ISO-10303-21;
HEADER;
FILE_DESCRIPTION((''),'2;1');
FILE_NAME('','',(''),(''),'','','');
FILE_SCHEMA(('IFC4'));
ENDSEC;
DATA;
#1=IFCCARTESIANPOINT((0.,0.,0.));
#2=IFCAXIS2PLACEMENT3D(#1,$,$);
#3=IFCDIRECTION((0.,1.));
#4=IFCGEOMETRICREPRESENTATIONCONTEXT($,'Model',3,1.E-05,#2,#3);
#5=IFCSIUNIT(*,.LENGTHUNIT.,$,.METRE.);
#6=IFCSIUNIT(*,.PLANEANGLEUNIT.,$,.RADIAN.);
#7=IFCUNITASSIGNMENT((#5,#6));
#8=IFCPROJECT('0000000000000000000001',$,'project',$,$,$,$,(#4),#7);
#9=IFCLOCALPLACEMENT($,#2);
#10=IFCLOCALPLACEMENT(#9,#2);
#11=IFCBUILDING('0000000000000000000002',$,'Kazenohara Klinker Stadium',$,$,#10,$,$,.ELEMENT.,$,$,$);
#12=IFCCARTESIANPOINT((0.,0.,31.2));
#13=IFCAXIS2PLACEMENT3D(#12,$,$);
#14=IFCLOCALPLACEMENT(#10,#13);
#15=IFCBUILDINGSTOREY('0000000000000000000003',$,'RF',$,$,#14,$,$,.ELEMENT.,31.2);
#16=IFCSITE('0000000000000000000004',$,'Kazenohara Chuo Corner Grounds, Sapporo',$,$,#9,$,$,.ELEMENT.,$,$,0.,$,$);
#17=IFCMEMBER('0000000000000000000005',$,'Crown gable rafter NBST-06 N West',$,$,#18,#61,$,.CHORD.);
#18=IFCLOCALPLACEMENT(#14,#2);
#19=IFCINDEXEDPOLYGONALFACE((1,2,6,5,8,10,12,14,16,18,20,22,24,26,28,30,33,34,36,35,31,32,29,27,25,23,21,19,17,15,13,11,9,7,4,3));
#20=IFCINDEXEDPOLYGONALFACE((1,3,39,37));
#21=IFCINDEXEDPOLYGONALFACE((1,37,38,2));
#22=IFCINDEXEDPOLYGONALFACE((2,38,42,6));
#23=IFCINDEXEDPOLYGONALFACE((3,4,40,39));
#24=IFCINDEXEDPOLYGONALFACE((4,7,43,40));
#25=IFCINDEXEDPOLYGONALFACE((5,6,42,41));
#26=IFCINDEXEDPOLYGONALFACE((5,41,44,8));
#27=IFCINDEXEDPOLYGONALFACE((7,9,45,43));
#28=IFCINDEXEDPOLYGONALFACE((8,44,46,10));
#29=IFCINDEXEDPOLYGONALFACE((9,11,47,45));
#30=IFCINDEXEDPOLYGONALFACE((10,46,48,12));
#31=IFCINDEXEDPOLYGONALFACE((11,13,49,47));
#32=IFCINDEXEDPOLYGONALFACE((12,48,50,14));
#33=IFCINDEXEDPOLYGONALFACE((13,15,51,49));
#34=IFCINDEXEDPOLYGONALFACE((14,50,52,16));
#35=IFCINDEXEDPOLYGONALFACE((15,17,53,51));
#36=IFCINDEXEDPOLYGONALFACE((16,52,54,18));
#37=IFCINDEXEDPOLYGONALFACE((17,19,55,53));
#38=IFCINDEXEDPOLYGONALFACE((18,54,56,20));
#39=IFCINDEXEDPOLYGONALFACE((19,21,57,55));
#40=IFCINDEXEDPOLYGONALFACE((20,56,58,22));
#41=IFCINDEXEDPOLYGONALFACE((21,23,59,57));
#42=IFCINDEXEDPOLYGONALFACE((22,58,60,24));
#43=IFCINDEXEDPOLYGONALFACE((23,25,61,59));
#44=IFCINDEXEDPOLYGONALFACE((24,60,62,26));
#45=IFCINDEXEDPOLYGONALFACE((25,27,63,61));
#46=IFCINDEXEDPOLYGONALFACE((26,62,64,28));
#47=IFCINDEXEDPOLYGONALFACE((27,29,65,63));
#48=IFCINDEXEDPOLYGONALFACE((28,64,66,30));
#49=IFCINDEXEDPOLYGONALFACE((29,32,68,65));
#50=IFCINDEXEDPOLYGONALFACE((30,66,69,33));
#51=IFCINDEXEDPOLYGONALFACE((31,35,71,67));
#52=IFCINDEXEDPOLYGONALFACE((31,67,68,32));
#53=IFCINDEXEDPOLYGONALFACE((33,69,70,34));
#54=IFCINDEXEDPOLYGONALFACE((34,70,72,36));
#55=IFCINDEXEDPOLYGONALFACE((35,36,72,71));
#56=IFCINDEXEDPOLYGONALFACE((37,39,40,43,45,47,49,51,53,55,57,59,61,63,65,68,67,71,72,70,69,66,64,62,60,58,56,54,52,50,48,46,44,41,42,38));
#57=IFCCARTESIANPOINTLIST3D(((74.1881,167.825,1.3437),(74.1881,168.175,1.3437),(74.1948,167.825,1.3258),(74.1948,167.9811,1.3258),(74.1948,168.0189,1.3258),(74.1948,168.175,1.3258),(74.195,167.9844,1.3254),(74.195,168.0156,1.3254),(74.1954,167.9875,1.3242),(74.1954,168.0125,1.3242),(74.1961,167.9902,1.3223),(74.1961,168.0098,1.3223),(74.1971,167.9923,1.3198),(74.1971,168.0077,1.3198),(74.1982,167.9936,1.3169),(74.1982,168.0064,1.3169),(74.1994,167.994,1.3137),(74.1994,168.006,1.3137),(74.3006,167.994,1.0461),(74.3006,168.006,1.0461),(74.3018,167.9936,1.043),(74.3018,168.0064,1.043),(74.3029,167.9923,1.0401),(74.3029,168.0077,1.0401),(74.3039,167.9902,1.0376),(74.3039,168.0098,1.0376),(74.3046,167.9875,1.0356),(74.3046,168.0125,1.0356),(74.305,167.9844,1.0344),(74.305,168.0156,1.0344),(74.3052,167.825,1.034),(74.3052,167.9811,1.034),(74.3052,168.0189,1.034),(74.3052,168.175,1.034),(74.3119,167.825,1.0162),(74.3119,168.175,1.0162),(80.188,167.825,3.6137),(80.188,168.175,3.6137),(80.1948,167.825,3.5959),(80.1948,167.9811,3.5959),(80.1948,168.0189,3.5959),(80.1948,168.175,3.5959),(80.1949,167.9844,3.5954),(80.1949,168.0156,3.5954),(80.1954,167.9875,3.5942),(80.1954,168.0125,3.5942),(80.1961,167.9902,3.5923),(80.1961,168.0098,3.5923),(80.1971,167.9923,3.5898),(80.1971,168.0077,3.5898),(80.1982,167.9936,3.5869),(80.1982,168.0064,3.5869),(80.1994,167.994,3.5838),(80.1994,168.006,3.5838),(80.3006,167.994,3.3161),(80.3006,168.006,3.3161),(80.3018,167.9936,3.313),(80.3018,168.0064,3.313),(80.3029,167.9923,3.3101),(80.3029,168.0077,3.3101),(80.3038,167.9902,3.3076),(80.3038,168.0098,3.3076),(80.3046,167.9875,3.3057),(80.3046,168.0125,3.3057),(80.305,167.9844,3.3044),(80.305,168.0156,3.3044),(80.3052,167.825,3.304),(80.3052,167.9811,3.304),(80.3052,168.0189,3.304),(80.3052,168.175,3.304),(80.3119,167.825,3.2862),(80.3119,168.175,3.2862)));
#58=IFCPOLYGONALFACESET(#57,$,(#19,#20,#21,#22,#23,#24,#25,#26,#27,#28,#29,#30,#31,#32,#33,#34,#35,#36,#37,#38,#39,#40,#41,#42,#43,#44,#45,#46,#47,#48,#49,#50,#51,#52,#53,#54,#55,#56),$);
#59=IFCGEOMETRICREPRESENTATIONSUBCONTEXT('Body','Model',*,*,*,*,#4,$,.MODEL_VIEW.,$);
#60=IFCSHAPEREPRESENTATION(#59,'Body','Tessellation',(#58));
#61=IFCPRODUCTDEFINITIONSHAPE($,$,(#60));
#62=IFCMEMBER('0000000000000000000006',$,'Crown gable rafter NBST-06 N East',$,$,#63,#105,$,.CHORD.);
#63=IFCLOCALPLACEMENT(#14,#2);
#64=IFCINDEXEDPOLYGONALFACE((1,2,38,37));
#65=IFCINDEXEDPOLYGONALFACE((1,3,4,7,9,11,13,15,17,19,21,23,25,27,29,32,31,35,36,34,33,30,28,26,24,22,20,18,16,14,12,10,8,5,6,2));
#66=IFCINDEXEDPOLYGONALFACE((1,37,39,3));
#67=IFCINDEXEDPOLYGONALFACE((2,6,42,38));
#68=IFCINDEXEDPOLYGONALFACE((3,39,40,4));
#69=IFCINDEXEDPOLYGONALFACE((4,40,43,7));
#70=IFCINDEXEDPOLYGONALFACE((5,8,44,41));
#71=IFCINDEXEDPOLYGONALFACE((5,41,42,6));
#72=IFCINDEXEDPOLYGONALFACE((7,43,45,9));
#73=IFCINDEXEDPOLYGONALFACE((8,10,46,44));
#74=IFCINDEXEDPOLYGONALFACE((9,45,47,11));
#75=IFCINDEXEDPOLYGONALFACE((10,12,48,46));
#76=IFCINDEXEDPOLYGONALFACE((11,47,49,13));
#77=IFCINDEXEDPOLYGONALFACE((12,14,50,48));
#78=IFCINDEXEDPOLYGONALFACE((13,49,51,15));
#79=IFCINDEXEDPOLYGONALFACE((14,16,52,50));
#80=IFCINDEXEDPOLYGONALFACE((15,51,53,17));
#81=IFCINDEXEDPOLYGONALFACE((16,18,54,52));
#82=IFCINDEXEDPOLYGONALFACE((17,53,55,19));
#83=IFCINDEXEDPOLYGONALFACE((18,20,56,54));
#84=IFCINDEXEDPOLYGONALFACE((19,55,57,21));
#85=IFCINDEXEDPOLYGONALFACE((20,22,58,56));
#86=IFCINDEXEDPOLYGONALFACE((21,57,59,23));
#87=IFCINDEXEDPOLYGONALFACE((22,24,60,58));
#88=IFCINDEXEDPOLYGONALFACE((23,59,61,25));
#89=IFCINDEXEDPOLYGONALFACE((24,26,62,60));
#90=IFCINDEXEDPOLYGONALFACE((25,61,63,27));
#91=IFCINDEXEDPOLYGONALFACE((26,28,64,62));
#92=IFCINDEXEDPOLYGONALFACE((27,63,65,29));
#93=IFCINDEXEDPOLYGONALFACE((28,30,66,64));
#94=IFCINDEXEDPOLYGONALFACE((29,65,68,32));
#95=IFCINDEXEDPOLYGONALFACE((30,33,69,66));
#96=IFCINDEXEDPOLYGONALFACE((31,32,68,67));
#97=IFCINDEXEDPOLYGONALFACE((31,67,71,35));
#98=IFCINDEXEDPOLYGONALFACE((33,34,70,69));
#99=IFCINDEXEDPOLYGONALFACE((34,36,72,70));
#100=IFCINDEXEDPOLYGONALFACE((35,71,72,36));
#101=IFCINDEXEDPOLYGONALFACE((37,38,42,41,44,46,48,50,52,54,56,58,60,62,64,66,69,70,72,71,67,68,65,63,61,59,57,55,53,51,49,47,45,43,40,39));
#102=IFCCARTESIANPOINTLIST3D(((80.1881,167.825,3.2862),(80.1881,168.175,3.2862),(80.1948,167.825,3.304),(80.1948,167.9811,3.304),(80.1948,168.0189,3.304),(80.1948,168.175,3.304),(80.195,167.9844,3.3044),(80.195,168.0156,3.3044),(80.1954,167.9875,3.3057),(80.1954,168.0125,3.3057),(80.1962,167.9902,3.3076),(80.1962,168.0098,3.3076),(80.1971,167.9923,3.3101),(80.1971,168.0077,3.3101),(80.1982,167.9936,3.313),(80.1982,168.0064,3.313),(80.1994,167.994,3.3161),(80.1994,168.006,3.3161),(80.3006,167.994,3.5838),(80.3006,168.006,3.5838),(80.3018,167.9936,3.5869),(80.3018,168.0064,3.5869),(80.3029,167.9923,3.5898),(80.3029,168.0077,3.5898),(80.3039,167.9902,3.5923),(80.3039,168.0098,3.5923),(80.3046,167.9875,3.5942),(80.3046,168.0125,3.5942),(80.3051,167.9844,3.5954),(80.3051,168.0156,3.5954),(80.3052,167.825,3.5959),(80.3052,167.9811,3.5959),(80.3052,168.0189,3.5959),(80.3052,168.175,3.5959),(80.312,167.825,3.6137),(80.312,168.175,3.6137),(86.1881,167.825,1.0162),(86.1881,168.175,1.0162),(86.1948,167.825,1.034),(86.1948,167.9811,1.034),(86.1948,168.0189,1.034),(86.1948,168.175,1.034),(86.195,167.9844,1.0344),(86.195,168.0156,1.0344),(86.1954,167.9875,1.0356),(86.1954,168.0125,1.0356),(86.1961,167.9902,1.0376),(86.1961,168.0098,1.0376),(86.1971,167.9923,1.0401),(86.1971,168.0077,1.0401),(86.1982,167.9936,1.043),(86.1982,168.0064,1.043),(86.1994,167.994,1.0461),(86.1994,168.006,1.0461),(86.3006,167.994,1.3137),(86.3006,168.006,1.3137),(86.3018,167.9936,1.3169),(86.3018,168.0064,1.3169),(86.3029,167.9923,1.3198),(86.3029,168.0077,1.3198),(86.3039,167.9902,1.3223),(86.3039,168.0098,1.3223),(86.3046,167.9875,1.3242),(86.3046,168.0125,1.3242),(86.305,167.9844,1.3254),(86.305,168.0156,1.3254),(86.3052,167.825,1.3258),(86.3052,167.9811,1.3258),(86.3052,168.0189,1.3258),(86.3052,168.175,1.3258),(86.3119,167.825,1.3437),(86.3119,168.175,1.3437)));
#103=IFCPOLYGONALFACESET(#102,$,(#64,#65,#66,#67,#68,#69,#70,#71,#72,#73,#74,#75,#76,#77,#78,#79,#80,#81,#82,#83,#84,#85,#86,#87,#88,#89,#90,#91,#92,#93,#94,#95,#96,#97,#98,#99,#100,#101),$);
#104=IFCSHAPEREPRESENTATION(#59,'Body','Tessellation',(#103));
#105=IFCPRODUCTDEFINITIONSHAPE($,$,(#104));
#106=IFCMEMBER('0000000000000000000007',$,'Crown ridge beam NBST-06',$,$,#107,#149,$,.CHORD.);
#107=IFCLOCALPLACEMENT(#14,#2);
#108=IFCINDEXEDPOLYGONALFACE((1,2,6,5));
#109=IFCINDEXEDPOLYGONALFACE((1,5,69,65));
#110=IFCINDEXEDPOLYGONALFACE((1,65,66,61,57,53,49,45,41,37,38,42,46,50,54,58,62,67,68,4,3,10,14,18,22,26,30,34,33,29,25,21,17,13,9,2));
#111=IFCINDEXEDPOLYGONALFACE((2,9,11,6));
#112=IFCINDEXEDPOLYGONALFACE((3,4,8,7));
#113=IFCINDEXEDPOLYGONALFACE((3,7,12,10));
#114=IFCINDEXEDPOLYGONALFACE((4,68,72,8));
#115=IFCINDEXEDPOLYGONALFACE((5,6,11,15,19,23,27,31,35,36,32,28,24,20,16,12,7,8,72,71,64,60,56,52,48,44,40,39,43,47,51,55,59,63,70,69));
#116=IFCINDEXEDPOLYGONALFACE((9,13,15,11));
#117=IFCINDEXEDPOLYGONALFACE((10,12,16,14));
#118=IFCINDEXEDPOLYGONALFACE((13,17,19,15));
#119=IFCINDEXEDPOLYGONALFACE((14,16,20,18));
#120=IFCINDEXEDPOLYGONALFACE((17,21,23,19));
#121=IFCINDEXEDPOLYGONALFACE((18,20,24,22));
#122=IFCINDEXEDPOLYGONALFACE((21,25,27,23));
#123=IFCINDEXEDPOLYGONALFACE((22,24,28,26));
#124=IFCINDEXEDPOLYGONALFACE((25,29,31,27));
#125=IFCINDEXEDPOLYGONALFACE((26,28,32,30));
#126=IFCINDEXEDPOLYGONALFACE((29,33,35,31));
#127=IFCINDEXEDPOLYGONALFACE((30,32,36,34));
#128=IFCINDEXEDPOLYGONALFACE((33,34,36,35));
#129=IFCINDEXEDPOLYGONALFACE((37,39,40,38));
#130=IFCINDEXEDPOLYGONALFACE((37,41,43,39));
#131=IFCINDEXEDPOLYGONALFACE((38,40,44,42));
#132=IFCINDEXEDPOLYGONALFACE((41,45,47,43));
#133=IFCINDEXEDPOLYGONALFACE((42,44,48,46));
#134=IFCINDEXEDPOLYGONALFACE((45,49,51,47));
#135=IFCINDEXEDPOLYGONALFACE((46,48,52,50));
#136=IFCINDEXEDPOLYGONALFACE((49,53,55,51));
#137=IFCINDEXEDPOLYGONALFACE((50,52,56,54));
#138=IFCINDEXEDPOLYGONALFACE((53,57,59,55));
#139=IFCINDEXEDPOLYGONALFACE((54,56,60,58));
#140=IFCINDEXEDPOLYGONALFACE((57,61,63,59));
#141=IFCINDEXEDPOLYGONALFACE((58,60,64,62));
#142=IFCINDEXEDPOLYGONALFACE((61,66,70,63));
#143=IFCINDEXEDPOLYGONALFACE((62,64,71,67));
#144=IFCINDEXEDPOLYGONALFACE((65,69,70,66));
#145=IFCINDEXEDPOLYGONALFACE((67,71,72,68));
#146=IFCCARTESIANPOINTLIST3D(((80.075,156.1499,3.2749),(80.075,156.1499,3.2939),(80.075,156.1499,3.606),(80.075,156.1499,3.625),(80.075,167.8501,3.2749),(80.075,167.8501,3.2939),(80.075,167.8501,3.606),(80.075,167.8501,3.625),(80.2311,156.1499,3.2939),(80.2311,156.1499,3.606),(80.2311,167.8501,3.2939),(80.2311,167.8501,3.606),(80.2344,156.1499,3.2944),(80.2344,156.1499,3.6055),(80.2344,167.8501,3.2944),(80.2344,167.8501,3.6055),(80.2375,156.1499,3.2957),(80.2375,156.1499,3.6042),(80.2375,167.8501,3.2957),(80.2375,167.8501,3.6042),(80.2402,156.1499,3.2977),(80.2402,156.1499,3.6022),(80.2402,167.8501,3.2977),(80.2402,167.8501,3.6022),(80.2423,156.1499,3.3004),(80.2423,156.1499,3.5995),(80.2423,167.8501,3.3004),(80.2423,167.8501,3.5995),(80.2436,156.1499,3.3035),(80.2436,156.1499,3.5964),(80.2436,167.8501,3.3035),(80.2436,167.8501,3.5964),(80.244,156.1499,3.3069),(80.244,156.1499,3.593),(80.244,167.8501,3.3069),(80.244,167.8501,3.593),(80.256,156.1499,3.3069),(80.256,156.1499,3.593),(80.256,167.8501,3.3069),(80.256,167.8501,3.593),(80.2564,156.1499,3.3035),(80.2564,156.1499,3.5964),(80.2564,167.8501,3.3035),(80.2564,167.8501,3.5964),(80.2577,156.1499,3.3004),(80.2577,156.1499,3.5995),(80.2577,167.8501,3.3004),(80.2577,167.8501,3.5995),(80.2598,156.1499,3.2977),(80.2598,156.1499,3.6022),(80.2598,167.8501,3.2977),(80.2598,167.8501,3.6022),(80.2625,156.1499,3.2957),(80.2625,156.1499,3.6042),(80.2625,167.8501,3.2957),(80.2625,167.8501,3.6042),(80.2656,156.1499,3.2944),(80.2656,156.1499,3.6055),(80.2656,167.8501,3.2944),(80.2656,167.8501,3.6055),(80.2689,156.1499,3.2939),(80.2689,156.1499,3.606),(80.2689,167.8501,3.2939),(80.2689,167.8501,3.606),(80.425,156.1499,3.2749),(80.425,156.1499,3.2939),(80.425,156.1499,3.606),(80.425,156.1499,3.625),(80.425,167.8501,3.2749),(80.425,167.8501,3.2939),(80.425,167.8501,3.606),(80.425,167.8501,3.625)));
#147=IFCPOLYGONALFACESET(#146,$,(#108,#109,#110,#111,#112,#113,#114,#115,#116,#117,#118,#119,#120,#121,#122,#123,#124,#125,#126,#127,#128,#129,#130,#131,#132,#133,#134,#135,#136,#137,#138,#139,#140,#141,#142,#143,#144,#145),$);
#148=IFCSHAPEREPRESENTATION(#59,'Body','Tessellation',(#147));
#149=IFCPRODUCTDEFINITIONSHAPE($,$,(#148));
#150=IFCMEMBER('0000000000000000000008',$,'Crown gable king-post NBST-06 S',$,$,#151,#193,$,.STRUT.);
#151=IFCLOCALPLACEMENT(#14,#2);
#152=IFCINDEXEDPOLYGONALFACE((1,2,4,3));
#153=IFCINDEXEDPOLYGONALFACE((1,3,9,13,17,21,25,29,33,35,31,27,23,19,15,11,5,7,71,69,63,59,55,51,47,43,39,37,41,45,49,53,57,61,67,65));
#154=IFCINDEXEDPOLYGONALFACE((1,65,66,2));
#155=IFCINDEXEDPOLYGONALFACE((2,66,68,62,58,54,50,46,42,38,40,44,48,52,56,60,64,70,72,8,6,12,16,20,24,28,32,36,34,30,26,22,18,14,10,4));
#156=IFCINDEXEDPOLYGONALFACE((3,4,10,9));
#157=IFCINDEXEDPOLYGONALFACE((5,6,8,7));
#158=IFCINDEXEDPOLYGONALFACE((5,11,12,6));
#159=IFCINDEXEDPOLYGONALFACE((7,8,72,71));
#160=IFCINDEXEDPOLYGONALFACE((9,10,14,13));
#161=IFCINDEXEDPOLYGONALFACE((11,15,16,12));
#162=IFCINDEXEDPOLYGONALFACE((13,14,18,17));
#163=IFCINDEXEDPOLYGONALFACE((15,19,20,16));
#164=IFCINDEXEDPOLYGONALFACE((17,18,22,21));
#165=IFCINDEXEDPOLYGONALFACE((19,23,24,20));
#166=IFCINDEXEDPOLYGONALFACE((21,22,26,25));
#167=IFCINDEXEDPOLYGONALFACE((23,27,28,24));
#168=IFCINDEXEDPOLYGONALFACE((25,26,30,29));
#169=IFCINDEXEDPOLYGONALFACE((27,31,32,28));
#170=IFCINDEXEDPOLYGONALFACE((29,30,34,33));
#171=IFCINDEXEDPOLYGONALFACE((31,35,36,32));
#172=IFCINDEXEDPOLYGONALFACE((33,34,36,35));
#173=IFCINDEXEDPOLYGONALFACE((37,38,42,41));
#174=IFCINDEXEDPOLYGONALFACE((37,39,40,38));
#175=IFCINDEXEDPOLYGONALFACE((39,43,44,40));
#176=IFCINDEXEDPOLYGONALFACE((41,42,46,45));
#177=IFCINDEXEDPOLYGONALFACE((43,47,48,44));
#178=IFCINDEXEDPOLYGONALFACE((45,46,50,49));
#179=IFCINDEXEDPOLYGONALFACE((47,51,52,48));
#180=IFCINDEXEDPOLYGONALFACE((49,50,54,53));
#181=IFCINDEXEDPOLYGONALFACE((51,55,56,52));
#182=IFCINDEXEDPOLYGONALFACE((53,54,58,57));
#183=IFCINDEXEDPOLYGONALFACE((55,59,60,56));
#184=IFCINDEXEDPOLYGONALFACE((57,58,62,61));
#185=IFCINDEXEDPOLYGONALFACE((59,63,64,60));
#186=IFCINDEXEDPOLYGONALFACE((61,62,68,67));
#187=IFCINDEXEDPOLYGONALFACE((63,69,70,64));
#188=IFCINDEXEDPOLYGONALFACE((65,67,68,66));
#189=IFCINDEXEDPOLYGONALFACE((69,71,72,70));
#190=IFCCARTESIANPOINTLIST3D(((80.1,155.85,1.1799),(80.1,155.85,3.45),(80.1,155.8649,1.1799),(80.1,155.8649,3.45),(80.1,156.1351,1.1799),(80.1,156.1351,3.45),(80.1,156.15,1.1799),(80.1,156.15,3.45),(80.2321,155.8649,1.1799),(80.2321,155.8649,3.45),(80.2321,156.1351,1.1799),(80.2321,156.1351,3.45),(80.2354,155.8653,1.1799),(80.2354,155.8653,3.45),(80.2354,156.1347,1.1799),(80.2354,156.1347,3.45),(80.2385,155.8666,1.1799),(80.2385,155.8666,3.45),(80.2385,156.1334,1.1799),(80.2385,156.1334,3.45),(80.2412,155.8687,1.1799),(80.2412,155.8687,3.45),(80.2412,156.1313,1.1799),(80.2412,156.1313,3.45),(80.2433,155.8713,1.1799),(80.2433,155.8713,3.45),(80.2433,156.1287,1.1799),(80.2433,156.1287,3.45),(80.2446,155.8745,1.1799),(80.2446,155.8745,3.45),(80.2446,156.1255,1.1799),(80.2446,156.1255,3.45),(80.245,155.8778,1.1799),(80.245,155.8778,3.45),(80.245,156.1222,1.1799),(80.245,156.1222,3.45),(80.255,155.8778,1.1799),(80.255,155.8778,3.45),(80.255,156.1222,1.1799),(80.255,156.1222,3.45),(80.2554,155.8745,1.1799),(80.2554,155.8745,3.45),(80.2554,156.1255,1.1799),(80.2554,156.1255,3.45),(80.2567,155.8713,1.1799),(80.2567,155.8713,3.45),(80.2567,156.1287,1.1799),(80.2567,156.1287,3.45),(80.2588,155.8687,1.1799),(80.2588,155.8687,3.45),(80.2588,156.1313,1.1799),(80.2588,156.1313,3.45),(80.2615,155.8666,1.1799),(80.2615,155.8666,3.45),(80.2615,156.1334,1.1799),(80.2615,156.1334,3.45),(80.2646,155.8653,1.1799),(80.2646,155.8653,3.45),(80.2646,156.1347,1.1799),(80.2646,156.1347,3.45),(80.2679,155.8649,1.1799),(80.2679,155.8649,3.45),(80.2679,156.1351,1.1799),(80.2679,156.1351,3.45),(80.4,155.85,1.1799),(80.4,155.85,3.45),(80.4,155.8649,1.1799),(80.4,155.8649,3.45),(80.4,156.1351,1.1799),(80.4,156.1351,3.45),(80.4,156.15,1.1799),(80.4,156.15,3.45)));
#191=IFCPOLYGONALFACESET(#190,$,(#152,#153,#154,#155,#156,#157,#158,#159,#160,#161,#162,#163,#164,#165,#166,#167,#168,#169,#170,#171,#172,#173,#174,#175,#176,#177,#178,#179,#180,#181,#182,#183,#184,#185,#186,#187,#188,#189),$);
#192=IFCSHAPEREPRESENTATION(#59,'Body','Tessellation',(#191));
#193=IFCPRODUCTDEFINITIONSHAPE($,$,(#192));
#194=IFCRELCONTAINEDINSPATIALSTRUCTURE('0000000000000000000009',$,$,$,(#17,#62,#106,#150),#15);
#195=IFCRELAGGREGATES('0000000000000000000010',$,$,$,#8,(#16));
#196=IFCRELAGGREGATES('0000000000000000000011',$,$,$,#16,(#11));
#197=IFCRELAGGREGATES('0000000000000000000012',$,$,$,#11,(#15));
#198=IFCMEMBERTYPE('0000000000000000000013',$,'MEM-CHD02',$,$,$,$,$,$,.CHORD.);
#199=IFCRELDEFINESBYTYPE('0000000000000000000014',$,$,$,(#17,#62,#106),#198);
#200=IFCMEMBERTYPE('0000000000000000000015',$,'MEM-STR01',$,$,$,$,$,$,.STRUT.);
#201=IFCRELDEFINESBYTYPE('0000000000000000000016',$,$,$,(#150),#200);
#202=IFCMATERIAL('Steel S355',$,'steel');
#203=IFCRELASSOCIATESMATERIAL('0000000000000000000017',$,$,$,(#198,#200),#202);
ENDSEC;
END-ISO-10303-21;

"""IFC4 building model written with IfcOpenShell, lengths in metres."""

from ifc_helpers import new_model, si_unit, direction, frame, origin, origin_2d, place, context, subcontext, project, spatial, i_section, extrude, material, material_profile, profile_set, type_object, element, save


model = new_model("IFC4")

# Units and contexts
model_context = context("Model", 3, precision=1e-05, world=origin(), true_north=direction((0.0, 1.0)))
body_context = subcontext(model_context, "Body", "Model", "MODEL_VIEW")
ifc_project = project(units=[si_unit("LENGTHUNIT", "METRE"), si_unit("PLANEANGLEUNIT", "RADIAN")], contexts=[model_context])

# Site, building, storey
site_placement = place(None, origin())
site = spatial("IfcSite", under=ifc_project, at=site_placement, Name="Kazenohara Chuo Corner Grounds, Sapporo", CompositionType="ELEMENT", RefElevation=0.0)
building_placement = place(site_placement, origin())
building = spatial("IfcBuilding", under=site, at=building_placement, Name="Kazenohara Klinker Stadium", CompositionType="ELEMENT")
storey_placement = place(building_placement, frame((0.0, 0.0, 31.2)))
storey = spatial("IfcBuildingStorey", under=building, at=storey_placement, Name="RF", CompositionType="ELEMENT", Elevation=31.2)

# Members
ifc_material_1 = material(Name="Steel S355", Category="steel")
ifc_material_profile_1 = material_profile(ifc_material_1, i_section(OverallWidth=0.3501, OverallDepth=0.3501, WebThickness=0.012, FlangeThickness=0.019, FilletRadius=0.0129, at=origin_2d()), Name="H-350x350x12x19")
ifc_profile_set_1 = profile_set([ifc_material_profile_1], Name="Steel S355")
member_type_1 = type_object("IfcMemberType", Name="MEM-CHD02", PredefinedType="CHORD", material=ifc_profile_set_1)
for number, where, z_axis, x_axis, name in (
    (1, (74.25, 168.0, 1.1799), (0.935299, 0.0, 0.353858), (0.0, 1.0, 0.0), "Crown gable rafter NBST-06 N West"),
    (2, (86.25, 168.0, 1.1799), (-0.935299, 0.0, 0.353858), (0.0, -1.0, 0.0), "Crown gable rafter NBST-06 N East"),
):
    element("IfcMember", number, at=place(storey_placement, frame(where, z_axis=z_axis, x_axis=x_axis)), inside=storey, type_object=member_type_1, Name=name, PredefinedType="CHORD", context=body_context, shape_type="SweptSolid", body=[
        extrude(i_section(OverallWidth=0.3501, OverallDepth=0.3501, WebThickness=0.012, FlangeThickness=0.019, FilletRadius=0.0129, at=origin_2d()), origin(), (0.0, 0.0, 1.0), 6.415),
    ])
member_placement = place(storey_placement, frame((80.25, 156.1499, 3.45), z_axis=(0.0, 1.0, 0.0), x_axis=(-1.0, 0.0, 0.0)))
element("IfcMember", 3, at=member_placement, inside=storey, type_object=member_type_1, Name="Crown ridge beam NBST-06", PredefinedType="CHORD", context=body_context, shape_type="SweptSolid", body=[
    extrude(i_section(OverallWidth=0.3501, OverallDepth=0.3501, WebThickness=0.012, FlangeThickness=0.019, FilletRadius=0.0129, at=origin_2d()), origin(), (0.0, 0.0, 1.0), 11.7002),
])
ifc_material_profile_2 = material_profile(ifc_material_1, i_section(OverallWidth=0.3, OverallDepth=0.3, WebThickness=0.01, FlangeThickness=0.0149, FilletRadius=0.0129, at=origin_2d()), Name="H-300x300x10x15")
ifc_profile_set_2 = profile_set([ifc_material_profile_2], Name="Steel S355")
member_type_2 = type_object("IfcMemberType", Name="MEM-STR01", PredefinedType="STRUT", material=ifc_profile_set_2)
for number, where, z_axis, x_axis, name in (
    (4, (80.25, 156.0, 1.1799), (0.0, 0.0, 1.0), (1.0, 0.0, 0.0), "Crown gable king-post NBST-06 S"),
):
    element("IfcMember", number, at=place(storey_placement, frame(where, z_axis=z_axis, x_axis=x_axis)), inside=storey, type_object=member_type_2, Name=name, PredefinedType="STRUT", context=body_context, shape_type="SweptSolid", body=[
        extrude(i_section(OverallWidth=0.3, OverallDepth=0.3, WebThickness=0.01, FlangeThickness=0.0149, FilletRadius=0.0129, at=origin_2d()), origin(), (0.0, 0.0, 1.0), 2.27),
    ])

save(model, "model.ifc")
